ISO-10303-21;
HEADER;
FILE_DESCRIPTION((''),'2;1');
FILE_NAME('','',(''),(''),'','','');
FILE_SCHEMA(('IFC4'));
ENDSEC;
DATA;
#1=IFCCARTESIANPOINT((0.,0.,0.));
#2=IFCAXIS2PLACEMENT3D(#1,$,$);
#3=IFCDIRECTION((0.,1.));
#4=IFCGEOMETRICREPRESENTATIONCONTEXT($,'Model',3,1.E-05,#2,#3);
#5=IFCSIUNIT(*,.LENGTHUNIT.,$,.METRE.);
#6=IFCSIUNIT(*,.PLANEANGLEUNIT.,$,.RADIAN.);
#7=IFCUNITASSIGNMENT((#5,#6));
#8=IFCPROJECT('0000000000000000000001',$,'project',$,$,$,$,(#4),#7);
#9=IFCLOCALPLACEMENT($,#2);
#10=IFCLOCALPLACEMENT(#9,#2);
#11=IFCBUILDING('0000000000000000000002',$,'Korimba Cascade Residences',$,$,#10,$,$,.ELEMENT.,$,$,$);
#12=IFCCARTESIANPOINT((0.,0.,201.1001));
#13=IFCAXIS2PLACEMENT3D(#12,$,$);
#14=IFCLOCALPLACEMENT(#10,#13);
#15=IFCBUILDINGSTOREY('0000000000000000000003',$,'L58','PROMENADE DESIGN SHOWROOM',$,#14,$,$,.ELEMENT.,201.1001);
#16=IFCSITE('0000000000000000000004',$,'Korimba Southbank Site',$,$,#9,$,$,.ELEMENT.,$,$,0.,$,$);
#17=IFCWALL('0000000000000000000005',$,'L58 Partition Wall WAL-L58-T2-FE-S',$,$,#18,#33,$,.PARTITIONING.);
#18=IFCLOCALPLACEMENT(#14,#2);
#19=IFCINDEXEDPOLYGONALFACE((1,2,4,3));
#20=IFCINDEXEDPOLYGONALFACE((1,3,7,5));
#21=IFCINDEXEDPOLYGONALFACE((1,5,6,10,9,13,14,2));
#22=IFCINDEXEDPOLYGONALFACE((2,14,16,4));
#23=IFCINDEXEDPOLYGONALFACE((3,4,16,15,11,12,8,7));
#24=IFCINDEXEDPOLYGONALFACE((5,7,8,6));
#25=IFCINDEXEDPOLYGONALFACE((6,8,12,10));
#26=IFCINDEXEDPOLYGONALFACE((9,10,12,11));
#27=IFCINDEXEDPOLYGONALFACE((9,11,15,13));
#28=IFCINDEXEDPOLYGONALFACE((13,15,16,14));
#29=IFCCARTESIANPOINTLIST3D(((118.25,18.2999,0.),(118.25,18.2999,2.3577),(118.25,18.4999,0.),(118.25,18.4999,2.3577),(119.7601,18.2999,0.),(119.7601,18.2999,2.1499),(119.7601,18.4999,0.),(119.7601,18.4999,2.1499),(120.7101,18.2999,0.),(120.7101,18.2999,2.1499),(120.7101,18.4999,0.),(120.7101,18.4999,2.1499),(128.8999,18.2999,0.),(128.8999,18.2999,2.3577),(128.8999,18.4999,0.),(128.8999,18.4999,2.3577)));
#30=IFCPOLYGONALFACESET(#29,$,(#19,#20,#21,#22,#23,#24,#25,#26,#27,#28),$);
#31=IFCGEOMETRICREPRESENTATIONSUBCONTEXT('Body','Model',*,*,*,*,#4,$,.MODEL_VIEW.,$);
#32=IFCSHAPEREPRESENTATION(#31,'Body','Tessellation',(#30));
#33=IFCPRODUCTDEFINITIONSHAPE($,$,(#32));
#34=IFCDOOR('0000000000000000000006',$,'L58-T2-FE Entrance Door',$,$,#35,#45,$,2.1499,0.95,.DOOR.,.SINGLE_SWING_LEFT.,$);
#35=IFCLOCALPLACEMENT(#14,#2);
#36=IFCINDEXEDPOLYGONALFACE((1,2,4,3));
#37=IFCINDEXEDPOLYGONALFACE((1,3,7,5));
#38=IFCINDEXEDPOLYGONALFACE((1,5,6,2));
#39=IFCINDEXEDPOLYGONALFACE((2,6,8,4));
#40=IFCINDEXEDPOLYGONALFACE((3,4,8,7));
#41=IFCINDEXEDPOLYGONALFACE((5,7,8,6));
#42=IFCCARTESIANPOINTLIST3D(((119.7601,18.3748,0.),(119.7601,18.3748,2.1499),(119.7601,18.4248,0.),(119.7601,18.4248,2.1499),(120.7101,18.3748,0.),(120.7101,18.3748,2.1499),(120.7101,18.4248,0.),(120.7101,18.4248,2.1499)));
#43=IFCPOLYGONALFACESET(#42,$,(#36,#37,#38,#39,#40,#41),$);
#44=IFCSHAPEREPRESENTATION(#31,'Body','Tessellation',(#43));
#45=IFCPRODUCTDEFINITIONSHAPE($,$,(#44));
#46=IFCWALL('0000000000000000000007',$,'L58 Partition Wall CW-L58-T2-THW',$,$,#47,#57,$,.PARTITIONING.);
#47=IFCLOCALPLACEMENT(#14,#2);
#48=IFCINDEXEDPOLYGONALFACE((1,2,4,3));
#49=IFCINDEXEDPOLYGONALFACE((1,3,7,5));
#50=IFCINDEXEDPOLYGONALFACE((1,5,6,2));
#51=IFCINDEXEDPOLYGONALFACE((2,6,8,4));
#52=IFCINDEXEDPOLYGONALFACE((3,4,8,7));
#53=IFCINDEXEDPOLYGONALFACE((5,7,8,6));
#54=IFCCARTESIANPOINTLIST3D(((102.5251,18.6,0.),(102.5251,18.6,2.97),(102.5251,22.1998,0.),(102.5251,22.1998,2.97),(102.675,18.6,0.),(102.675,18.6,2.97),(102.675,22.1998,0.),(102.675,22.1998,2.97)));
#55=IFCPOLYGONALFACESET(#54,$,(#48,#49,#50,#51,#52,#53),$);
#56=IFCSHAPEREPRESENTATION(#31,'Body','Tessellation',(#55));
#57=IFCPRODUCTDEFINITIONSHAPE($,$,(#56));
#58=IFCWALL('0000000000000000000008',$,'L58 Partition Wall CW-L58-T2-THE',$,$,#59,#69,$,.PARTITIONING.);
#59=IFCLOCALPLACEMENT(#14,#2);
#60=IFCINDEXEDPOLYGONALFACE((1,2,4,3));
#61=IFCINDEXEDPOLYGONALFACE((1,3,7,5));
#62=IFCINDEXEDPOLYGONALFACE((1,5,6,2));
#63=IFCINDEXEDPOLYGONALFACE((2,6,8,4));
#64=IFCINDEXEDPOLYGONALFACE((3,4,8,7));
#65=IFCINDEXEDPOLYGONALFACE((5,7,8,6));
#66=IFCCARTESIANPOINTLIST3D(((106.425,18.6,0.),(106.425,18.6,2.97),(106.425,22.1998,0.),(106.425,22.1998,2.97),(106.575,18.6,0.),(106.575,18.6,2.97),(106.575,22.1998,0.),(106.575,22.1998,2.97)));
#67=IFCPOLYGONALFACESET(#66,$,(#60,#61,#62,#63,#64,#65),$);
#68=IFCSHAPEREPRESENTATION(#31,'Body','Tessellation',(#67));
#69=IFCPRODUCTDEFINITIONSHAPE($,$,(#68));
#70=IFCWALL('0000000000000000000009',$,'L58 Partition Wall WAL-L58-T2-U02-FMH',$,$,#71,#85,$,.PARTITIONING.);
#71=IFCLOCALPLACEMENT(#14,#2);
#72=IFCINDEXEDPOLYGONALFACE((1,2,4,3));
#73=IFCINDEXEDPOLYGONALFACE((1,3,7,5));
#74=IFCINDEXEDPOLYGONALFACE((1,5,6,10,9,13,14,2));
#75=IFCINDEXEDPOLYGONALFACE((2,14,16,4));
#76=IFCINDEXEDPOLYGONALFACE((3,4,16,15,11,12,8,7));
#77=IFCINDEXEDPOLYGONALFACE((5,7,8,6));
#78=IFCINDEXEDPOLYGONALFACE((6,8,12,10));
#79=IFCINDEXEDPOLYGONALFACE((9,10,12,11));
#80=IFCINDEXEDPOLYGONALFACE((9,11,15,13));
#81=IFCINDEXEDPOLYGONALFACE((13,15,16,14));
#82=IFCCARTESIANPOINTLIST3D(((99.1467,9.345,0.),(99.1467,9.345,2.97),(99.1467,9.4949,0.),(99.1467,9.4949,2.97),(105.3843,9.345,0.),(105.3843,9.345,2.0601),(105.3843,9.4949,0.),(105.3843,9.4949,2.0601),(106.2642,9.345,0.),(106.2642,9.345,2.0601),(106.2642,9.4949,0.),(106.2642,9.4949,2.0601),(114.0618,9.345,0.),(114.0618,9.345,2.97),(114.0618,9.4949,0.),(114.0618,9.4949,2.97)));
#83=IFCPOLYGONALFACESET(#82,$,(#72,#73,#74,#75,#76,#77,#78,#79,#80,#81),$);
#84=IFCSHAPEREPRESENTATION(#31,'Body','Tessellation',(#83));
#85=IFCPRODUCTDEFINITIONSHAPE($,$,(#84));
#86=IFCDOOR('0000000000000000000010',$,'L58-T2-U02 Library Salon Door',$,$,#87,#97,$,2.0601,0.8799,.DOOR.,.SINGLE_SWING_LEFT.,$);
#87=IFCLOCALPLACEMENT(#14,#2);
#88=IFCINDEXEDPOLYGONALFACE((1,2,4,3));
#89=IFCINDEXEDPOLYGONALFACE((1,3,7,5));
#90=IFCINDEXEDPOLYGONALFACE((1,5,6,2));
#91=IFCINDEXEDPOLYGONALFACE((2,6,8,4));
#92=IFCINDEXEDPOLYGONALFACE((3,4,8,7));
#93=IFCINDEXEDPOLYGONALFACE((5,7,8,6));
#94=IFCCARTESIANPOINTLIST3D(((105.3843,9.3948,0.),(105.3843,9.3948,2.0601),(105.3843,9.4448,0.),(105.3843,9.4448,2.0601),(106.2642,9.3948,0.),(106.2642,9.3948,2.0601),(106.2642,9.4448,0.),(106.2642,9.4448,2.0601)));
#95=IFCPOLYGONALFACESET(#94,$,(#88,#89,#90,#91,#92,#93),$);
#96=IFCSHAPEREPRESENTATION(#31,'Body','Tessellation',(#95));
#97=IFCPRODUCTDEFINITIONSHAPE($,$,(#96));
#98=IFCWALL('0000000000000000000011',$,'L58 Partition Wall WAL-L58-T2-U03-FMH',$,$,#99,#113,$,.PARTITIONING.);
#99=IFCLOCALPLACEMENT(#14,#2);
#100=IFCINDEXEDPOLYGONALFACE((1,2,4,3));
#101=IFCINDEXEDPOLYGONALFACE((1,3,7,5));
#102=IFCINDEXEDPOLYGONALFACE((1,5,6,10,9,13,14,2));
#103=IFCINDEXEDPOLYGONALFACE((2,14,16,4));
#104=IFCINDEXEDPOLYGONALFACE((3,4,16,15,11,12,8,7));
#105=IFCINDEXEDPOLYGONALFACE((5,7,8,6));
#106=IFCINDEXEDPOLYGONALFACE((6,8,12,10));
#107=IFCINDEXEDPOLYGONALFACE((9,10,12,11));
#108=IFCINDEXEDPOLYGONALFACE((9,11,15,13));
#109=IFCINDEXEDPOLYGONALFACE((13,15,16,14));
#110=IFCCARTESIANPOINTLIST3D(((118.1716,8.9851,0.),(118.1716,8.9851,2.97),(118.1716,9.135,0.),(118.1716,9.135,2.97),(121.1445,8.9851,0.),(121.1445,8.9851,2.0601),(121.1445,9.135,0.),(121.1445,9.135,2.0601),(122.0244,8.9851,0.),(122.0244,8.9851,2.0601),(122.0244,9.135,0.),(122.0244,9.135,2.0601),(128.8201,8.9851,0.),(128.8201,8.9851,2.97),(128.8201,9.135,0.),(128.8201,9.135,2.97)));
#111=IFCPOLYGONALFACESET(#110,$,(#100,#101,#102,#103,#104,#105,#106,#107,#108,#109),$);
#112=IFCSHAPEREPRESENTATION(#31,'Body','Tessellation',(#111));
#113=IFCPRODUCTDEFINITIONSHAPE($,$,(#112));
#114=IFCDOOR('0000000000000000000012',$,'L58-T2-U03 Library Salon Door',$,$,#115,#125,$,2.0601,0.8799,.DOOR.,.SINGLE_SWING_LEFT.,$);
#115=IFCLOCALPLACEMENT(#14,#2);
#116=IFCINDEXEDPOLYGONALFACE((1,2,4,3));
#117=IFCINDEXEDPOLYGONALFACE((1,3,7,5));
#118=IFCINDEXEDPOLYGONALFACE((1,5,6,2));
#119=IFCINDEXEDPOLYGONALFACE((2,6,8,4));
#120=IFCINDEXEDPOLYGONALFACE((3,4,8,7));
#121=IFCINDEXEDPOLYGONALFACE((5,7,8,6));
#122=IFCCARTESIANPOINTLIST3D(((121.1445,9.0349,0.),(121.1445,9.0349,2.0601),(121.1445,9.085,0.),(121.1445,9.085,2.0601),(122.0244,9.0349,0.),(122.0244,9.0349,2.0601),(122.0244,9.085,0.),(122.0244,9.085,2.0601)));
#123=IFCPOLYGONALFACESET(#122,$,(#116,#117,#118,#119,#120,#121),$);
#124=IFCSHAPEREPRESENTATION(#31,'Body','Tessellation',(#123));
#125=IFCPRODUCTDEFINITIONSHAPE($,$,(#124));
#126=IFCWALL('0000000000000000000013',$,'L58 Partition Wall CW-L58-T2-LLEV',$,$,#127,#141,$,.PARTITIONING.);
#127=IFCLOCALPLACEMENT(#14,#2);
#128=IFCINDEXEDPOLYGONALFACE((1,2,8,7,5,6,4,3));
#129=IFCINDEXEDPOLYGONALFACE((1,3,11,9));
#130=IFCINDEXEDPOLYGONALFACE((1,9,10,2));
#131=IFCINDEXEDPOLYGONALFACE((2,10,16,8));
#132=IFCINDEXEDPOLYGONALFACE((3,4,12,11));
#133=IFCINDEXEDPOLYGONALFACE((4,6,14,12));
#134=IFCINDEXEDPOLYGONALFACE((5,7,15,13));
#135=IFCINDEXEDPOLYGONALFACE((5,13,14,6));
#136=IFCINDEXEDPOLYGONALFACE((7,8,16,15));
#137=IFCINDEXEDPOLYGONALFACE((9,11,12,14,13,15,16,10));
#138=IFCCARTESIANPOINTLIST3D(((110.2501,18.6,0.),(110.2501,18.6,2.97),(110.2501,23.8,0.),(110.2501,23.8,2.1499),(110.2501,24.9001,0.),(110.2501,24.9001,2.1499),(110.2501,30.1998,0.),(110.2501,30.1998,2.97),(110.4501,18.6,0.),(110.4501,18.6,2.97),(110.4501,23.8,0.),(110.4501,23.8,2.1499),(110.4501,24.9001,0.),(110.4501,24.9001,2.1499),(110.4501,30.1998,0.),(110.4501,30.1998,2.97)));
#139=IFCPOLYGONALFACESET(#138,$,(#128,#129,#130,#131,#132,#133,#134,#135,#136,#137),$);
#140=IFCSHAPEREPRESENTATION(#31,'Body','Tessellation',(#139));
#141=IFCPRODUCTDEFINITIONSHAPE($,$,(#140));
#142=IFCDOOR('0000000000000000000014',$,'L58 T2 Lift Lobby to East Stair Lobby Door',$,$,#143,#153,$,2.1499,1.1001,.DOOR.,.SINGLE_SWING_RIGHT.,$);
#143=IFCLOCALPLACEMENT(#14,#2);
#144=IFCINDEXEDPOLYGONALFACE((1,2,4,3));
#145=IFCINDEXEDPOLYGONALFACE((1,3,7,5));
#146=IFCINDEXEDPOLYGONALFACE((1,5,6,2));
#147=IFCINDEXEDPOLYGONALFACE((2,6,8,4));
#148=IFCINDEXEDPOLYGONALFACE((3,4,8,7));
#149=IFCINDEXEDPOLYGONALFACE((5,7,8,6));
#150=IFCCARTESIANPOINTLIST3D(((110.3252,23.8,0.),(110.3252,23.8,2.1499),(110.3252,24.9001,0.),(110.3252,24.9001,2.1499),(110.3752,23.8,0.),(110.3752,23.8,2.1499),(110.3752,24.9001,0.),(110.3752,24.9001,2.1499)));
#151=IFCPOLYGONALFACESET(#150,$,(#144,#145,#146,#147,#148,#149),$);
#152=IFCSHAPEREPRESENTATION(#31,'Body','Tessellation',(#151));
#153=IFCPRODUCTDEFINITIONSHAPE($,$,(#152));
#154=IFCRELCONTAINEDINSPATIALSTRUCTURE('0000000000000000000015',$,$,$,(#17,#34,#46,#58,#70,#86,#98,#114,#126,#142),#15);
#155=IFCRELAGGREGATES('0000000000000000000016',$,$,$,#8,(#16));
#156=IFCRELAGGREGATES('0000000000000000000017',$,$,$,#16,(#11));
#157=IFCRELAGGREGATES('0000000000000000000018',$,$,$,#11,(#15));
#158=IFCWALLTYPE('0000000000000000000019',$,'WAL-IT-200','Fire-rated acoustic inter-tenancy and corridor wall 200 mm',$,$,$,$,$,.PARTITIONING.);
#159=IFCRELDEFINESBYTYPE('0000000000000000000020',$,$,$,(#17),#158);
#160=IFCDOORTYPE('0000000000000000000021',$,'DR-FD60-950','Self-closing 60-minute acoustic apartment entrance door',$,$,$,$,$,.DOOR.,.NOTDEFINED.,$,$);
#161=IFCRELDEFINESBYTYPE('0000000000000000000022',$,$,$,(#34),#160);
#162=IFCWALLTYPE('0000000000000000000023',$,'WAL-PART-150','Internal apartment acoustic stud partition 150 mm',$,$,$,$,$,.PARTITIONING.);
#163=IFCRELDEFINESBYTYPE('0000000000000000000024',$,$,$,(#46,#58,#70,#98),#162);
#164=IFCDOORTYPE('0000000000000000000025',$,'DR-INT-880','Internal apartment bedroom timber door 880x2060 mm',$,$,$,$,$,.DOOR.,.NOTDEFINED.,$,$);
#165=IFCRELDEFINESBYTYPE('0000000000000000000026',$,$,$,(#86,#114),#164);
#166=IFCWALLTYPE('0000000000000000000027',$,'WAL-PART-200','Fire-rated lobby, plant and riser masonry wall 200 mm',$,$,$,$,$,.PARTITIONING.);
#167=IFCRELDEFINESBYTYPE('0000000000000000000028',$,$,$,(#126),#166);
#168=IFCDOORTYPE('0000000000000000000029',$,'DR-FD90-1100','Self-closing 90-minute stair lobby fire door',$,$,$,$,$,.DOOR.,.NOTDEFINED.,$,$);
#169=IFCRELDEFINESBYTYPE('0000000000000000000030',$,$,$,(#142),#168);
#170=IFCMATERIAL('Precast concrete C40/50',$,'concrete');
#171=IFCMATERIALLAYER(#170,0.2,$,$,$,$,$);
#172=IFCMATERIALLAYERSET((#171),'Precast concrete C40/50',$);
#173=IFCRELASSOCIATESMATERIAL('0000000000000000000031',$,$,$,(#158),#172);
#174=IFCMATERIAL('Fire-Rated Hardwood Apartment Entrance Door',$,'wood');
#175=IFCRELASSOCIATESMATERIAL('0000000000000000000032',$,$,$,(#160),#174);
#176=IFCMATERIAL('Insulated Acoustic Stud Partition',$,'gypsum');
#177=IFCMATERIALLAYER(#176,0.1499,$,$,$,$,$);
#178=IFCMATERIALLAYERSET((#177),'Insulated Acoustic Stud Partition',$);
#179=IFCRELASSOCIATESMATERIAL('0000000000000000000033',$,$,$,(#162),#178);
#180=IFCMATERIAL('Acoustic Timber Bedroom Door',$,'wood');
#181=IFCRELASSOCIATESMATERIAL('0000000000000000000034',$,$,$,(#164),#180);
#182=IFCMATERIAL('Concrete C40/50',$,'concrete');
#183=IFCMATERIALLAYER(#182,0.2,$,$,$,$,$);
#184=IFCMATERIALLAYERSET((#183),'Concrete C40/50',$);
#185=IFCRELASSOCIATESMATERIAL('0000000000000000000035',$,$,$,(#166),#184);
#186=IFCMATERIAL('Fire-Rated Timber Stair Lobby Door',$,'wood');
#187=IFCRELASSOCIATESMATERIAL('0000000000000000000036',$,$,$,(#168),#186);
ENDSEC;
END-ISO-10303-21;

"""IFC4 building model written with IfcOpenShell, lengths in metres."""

from ifc_helpers import new_model, si_unit, direction, frame, frame_2d, origin, place, context, subcontext, project, spatial, rectangle, extrude, material, layer, layer_set, type_object, element, fill, save


model = new_model("IFC4")

# Units and contexts
model_context = context("Model", 3, precision=1e-05, world=origin(), true_north=direction((0.0, 1.0)))
body_context = subcontext(model_context, "Body", "Model", "MODEL_VIEW")
ifc_project = project(units=[si_unit("LENGTHUNIT", "METRE"), si_unit("PLANEANGLEUNIT", "RADIAN")], contexts=[model_context])

# Site, building, storey
site_placement = place(None, origin())
site = spatial("IfcSite", under=ifc_project, at=site_placement, Name="Korimba Southbank Site", CompositionType="ELEMENT", RefElevation=0.0)
building_placement = place(site_placement, origin())
building = spatial("IfcBuilding", under=site, at=building_placement, Name="Korimba Cascade Residences", CompositionType="ELEMENT")
storey_placement = place(building_placement, frame((0.0, 0.0, 201.1001)))
storey = spatial("IfcBuildingStorey", under=building, at=storey_placement, Name="L58", Description="PROMENADE DESIGN SHOWROOM", CompositionType="ELEMENT", Elevation=201.1001)

# Wall, opening, door
ifc_material_1 = material(Name="Precast concrete C40/50", Category="concrete")
ifc_layer_1 = layer(ifc_material_1, 0.2)
ifc_layer_set_1 = layer_set([ifc_layer_1], Name="Precast concrete C40/50")
wall_type_1 = type_object("IfcWallType", Name="WAL-IT-200", Description="Fire-rated acoustic inter-tenancy and corridor wall 200 mm", PredefinedType="PARTITIONING", material=ifc_layer_set_1)
wall_1_placement = place(storey_placement, frame((118.25, 18.3999, 0.0), z_axis=(0.0, 0.0, 1.0), x_axis=(1.0, 0.0, 0.0)))
wall_1 = element("IfcWall", 1, at=wall_1_placement, inside=storey, type_object=wall_type_1, Name="L58 Partition Wall WAL-L58-T2-FE-S", PredefinedType="PARTITIONING", context=body_context, shape_type="SweptSolid", body=[
    extrude(rectangle(XDim=10.6499, YDim=0.2, at=frame_2d((5.325, 0.0))), origin(), (0.0, 0.0, 1.0), 2.3577),
])
opening_1_placement = place(wall_1_placement, frame((1.51, 0.0, 0.0)))
opening_1 = element("IfcOpeningElement", 2, at=opening_1_placement, cuts=wall_1, PredefinedType="OPENING", context=body_context, shape_type="SweptSolid", body=[
    extrude(rectangle(XDim=0.95, YDim=2.1499, at=frame_2d((0.4751, 1.075))), frame((0.0, 0.1099, 0.0), z_axis=(0.0, -1.0, 0.0), x_axis=(1.0, 0.0, 0.0)), (0.0, 0.0, 1.0), 0.22),
])
ifc_material_2 = material(Name="Fire-Rated Hardwood Apartment Entrance Door", Category="wood")
door_type_1 = type_object("IfcDoorType", Name="DR-FD60-950", Description="Self-closing 60-minute acoustic apartment entrance door", OperationType="NOTDEFINED", PredefinedType="DOOR", material=ifc_material_2)
door_1_placement = place(opening_1_placement, origin())
door_1 = element("IfcDoor", 3, at=door_1_placement, inside=storey, type_object=door_type_1, Name="L58-T2-FE Entrance Door", OperationType="SINGLE_SWING_LEFT", OverallHeight=2.1499, OverallWidth=0.95, PredefinedType="DOOR", context=body_context, shape_type="SweptSolid", body=[
    extrude(rectangle(XDim=0.95, YDim=2.1499, at=frame_2d((0.4751, 1.075))), frame((0.0, 0.0249, 0.0), z_axis=(0.0, -1.0, 0.0), x_axis=(1.0, 0.0, 0.0)), (0.0, 0.0, 1.0), 0.05),
])
fill(opening_1, door_1)

# Walls
ifc_material_3 = material(Name="Insulated Acoustic Stud Partition", Category="gypsum")
ifc_layer_2 = layer(ifc_material_3, 0.1499)
ifc_layer_set_2 = layer_set([ifc_layer_2], Name="Insulated Acoustic Stud Partition")
wall_type_2 = type_object("IfcWallType", Name="WAL-PART-150", Description="Internal apartment acoustic stud partition 150 mm", PredefinedType="PARTITIONING", material=ifc_layer_set_2)
for number, where, z_axis, x_axis, name in (
    (4, (102.6001, 18.6001, 0.0), (0.0, 0.0, 1.0), (0.0, 1.0, 0.0), "L58 Partition Wall CW-L58-T2-THW"),
    (5, (106.5, 18.6001, 0.0), (0.0, 0.0, 1.0), (0.0, 1.0, 0.0), "L58 Partition Wall CW-L58-T2-THE"),
):
    element("IfcWall", number, at=place(storey_placement, frame(where, z_axis=z_axis, x_axis=x_axis)), inside=storey, type_object=wall_type_2, Name=name, PredefinedType="PARTITIONING", context=body_context, shape_type="SweptSolid", body=[
        extrude(rectangle(XDim=3.5999, YDim=0.1499, at=frame_2d((1.7998, 0.0))), origin(), (0.0, 0.0, 1.0), 2.97),
    ])

# Walls, openings, doors
wall_2_placement = place(storey_placement, frame((99.1467, 9.4199, 0.0), z_axis=(0.0, 0.0, 1.0), x_axis=(1.0, 0.0, 0.0)))
wall_2 = element("IfcWall", 6, at=wall_2_placement, inside=storey, type_object=wall_type_2, Name="L58 Partition Wall WAL-L58-T2-U02-FMH", PredefinedType="PARTITIONING", context=body_context, shape_type="SweptSolid", body=[
    extrude(rectangle(XDim=14.915, YDim=0.1499, at=frame_2d((7.4575, 0.0))), origin(), (0.0, 0.0, 1.0), 2.97),
])
opening_2_placement = place(wall_2_placement, frame((6.2375, 0.0, 0.0)))
opening_2 = element("IfcOpeningElement", 7, at=opening_2_placement, cuts=wall_2, PredefinedType="OPENING", context=body_context, shape_type="SweptSolid", body=[
    extrude(rectangle(XDim=0.8799, YDim=2.0601, at=frame_2d((0.4399, 1.03))), frame((0.0, 0.085, 0.0), z_axis=(0.0, -1.0, 0.0), x_axis=(1.0, 0.0, 0.0)), (0.0, 0.0, 1.0), 0.1699),
])
ifc_material_4 = material(Name="Acoustic Timber Bedroom Door", Category="wood")
door_type_2 = type_object("IfcDoorType", Name="DR-INT-880", Description="Internal apartment bedroom timber door 880x2060 mm", OperationType="NOTDEFINED", PredefinedType="DOOR", material=ifc_material_4)
door_2_placement = place(opening_2_placement, origin())
door_2 = element("IfcDoor", 8, at=door_2_placement, inside=storey, type_object=door_type_2, Name="L58-T2-U02 Library Salon Door", OperationType="SINGLE_SWING_LEFT", OverallHeight=2.0601, OverallWidth=0.8799, PredefinedType="DOOR", context=body_context, shape_type="SweptSolid", body=[
    extrude(rectangle(XDim=0.8799, YDim=2.0601, at=frame_2d((0.4399, 1.03))), frame((0.0, 0.0249, 0.0), z_axis=(0.0, -1.0, 0.0), x_axis=(1.0, 0.0, 0.0)), (0.0, 0.0, 1.0), 0.05),
])
fill(opening_2, door_2)
wall_3_placement = place(storey_placement, frame((118.1716, 9.0601, 0.0), z_axis=(0.0, 0.0, 1.0), x_axis=(1.0, 0.0, 0.0)))
wall_3 = element("IfcWall", 9, at=wall_3_placement, inside=storey, type_object=wall_type_2, Name="L58 Partition Wall WAL-L58-T2-U03-FMH", PredefinedType="PARTITIONING", context=body_context, shape_type="SweptSolid", body=[
    extrude(rectangle(XDim=10.6484, YDim=0.1499, at=frame_2d((5.3242, 0.0))), origin(), (0.0, 0.0, 1.0), 2.97),
])
opening_3_placement = place(wall_3_placement, frame((2.9729, 0.0, 0.0)))
opening_3 = element("IfcOpeningElement", 10, at=opening_3_placement, cuts=wall_3, PredefinedType="OPENING", context=body_context, shape_type="SweptSolid", body=[
    extrude(rectangle(XDim=0.8799, YDim=2.0601, at=frame_2d((0.4399, 1.03))), frame((0.0, 0.085, 0.0), z_axis=(0.0, -1.0, 0.0), x_axis=(1.0, 0.0, 0.0)), (0.0, 0.0, 1.0), 0.1699),
])
door_3_placement = place(opening_3_placement, origin())
door_3 = element("IfcDoor", 11, at=door_3_placement, inside=storey, type_object=door_type_2, Name="L58-T2-U03 Library Salon Door", OperationType="SINGLE_SWING_LEFT", OverallHeight=2.0601, OverallWidth=0.8799, PredefinedType="DOOR", context=body_context, shape_type="SweptSolid", body=[
    extrude(rectangle(XDim=0.8799, YDim=2.0601, at=frame_2d((0.4399, 1.03))), frame((0.0, 0.0249, 0.0), z_axis=(0.0, -1.0, 0.0), x_axis=(1.0, 0.0, 0.0)), (0.0, 0.0, 1.0), 0.05),
])
fill(opening_3, door_3)
ifc_material_5 = material(Name="Concrete C40/50", Category="concrete")
ifc_layer_3 = layer(ifc_material_5, 0.2)
ifc_layer_set_3 = layer_set([ifc_layer_3], Name="Concrete C40/50")
wall_type_3 = type_object("IfcWallType", Name="WAL-PART-200", Description="Fire-rated lobby, plant and riser masonry wall 200 mm", PredefinedType="PARTITIONING", material=ifc_layer_set_3)
wall_4_placement = place(storey_placement, frame((110.3501, 18.6001, 0.0), z_axis=(0.0, 0.0, 1.0), x_axis=(0.0, 1.0, 0.0)))
wall_4 = element("IfcWall", 12, at=wall_4_placement, inside=storey, type_object=wall_type_3, Name="L58 Partition Wall CW-L58-T2-LLEV", PredefinedType="PARTITIONING", context=body_context, shape_type="SweptSolid", body=[
    extrude(rectangle(XDim=11.5999, YDim=0.2, at=frame_2d((5.7998, 0.0))), origin(), (0.0, 0.0, 1.0), 2.97),
])
opening_4_placement = place(wall_4_placement, frame((5.2, 0.0, 0.0)))
opening_4 = element("IfcOpeningElement", 13, at=opening_4_placement, cuts=wall_4, PredefinedType="OPENING", context=body_context, shape_type="SweptSolid", body=[
    extrude(rectangle(XDim=1.1001, YDim=2.1499, at=frame_2d((0.55, 1.075))), frame((0.0, 0.1099, 0.0), z_axis=(0.0, -1.0, 0.0), x_axis=(1.0, 0.0, 0.0)), (0.0, 0.0, 1.0), 0.22),
])
ifc_material_6 = material(Name="Fire-Rated Timber Stair Lobby Door", Category="wood")
door_type_3 = type_object("IfcDoorType", Name="DR-FD90-1100", Description="Self-closing 90-minute stair lobby fire door", OperationType="NOTDEFINED", PredefinedType="DOOR", material=ifc_material_6)
door_4_placement = place(opening_4_placement, origin())
door_4 = element("IfcDoor", 14, at=door_4_placement, inside=storey, type_object=door_type_3, Name="L58 T2 Lift Lobby to East Stair Lobby Door", OperationType="SINGLE_SWING_RIGHT", OverallHeight=2.1499, OverallWidth=1.1001, PredefinedType="DOOR", context=body_context, shape_type="SweptSolid", body=[
    extrude(rectangle(XDim=1.1001, YDim=2.1499, at=frame_2d((0.55, 1.075))), frame((0.0, 0.0249, 0.0), z_axis=(0.0, -1.0, 0.0), x_axis=(1.0, 0.0, 0.0)), (0.0, 0.0, 1.0), 0.05),
])
fill(opening_4, door_4)

save(model, "model.ifc")
